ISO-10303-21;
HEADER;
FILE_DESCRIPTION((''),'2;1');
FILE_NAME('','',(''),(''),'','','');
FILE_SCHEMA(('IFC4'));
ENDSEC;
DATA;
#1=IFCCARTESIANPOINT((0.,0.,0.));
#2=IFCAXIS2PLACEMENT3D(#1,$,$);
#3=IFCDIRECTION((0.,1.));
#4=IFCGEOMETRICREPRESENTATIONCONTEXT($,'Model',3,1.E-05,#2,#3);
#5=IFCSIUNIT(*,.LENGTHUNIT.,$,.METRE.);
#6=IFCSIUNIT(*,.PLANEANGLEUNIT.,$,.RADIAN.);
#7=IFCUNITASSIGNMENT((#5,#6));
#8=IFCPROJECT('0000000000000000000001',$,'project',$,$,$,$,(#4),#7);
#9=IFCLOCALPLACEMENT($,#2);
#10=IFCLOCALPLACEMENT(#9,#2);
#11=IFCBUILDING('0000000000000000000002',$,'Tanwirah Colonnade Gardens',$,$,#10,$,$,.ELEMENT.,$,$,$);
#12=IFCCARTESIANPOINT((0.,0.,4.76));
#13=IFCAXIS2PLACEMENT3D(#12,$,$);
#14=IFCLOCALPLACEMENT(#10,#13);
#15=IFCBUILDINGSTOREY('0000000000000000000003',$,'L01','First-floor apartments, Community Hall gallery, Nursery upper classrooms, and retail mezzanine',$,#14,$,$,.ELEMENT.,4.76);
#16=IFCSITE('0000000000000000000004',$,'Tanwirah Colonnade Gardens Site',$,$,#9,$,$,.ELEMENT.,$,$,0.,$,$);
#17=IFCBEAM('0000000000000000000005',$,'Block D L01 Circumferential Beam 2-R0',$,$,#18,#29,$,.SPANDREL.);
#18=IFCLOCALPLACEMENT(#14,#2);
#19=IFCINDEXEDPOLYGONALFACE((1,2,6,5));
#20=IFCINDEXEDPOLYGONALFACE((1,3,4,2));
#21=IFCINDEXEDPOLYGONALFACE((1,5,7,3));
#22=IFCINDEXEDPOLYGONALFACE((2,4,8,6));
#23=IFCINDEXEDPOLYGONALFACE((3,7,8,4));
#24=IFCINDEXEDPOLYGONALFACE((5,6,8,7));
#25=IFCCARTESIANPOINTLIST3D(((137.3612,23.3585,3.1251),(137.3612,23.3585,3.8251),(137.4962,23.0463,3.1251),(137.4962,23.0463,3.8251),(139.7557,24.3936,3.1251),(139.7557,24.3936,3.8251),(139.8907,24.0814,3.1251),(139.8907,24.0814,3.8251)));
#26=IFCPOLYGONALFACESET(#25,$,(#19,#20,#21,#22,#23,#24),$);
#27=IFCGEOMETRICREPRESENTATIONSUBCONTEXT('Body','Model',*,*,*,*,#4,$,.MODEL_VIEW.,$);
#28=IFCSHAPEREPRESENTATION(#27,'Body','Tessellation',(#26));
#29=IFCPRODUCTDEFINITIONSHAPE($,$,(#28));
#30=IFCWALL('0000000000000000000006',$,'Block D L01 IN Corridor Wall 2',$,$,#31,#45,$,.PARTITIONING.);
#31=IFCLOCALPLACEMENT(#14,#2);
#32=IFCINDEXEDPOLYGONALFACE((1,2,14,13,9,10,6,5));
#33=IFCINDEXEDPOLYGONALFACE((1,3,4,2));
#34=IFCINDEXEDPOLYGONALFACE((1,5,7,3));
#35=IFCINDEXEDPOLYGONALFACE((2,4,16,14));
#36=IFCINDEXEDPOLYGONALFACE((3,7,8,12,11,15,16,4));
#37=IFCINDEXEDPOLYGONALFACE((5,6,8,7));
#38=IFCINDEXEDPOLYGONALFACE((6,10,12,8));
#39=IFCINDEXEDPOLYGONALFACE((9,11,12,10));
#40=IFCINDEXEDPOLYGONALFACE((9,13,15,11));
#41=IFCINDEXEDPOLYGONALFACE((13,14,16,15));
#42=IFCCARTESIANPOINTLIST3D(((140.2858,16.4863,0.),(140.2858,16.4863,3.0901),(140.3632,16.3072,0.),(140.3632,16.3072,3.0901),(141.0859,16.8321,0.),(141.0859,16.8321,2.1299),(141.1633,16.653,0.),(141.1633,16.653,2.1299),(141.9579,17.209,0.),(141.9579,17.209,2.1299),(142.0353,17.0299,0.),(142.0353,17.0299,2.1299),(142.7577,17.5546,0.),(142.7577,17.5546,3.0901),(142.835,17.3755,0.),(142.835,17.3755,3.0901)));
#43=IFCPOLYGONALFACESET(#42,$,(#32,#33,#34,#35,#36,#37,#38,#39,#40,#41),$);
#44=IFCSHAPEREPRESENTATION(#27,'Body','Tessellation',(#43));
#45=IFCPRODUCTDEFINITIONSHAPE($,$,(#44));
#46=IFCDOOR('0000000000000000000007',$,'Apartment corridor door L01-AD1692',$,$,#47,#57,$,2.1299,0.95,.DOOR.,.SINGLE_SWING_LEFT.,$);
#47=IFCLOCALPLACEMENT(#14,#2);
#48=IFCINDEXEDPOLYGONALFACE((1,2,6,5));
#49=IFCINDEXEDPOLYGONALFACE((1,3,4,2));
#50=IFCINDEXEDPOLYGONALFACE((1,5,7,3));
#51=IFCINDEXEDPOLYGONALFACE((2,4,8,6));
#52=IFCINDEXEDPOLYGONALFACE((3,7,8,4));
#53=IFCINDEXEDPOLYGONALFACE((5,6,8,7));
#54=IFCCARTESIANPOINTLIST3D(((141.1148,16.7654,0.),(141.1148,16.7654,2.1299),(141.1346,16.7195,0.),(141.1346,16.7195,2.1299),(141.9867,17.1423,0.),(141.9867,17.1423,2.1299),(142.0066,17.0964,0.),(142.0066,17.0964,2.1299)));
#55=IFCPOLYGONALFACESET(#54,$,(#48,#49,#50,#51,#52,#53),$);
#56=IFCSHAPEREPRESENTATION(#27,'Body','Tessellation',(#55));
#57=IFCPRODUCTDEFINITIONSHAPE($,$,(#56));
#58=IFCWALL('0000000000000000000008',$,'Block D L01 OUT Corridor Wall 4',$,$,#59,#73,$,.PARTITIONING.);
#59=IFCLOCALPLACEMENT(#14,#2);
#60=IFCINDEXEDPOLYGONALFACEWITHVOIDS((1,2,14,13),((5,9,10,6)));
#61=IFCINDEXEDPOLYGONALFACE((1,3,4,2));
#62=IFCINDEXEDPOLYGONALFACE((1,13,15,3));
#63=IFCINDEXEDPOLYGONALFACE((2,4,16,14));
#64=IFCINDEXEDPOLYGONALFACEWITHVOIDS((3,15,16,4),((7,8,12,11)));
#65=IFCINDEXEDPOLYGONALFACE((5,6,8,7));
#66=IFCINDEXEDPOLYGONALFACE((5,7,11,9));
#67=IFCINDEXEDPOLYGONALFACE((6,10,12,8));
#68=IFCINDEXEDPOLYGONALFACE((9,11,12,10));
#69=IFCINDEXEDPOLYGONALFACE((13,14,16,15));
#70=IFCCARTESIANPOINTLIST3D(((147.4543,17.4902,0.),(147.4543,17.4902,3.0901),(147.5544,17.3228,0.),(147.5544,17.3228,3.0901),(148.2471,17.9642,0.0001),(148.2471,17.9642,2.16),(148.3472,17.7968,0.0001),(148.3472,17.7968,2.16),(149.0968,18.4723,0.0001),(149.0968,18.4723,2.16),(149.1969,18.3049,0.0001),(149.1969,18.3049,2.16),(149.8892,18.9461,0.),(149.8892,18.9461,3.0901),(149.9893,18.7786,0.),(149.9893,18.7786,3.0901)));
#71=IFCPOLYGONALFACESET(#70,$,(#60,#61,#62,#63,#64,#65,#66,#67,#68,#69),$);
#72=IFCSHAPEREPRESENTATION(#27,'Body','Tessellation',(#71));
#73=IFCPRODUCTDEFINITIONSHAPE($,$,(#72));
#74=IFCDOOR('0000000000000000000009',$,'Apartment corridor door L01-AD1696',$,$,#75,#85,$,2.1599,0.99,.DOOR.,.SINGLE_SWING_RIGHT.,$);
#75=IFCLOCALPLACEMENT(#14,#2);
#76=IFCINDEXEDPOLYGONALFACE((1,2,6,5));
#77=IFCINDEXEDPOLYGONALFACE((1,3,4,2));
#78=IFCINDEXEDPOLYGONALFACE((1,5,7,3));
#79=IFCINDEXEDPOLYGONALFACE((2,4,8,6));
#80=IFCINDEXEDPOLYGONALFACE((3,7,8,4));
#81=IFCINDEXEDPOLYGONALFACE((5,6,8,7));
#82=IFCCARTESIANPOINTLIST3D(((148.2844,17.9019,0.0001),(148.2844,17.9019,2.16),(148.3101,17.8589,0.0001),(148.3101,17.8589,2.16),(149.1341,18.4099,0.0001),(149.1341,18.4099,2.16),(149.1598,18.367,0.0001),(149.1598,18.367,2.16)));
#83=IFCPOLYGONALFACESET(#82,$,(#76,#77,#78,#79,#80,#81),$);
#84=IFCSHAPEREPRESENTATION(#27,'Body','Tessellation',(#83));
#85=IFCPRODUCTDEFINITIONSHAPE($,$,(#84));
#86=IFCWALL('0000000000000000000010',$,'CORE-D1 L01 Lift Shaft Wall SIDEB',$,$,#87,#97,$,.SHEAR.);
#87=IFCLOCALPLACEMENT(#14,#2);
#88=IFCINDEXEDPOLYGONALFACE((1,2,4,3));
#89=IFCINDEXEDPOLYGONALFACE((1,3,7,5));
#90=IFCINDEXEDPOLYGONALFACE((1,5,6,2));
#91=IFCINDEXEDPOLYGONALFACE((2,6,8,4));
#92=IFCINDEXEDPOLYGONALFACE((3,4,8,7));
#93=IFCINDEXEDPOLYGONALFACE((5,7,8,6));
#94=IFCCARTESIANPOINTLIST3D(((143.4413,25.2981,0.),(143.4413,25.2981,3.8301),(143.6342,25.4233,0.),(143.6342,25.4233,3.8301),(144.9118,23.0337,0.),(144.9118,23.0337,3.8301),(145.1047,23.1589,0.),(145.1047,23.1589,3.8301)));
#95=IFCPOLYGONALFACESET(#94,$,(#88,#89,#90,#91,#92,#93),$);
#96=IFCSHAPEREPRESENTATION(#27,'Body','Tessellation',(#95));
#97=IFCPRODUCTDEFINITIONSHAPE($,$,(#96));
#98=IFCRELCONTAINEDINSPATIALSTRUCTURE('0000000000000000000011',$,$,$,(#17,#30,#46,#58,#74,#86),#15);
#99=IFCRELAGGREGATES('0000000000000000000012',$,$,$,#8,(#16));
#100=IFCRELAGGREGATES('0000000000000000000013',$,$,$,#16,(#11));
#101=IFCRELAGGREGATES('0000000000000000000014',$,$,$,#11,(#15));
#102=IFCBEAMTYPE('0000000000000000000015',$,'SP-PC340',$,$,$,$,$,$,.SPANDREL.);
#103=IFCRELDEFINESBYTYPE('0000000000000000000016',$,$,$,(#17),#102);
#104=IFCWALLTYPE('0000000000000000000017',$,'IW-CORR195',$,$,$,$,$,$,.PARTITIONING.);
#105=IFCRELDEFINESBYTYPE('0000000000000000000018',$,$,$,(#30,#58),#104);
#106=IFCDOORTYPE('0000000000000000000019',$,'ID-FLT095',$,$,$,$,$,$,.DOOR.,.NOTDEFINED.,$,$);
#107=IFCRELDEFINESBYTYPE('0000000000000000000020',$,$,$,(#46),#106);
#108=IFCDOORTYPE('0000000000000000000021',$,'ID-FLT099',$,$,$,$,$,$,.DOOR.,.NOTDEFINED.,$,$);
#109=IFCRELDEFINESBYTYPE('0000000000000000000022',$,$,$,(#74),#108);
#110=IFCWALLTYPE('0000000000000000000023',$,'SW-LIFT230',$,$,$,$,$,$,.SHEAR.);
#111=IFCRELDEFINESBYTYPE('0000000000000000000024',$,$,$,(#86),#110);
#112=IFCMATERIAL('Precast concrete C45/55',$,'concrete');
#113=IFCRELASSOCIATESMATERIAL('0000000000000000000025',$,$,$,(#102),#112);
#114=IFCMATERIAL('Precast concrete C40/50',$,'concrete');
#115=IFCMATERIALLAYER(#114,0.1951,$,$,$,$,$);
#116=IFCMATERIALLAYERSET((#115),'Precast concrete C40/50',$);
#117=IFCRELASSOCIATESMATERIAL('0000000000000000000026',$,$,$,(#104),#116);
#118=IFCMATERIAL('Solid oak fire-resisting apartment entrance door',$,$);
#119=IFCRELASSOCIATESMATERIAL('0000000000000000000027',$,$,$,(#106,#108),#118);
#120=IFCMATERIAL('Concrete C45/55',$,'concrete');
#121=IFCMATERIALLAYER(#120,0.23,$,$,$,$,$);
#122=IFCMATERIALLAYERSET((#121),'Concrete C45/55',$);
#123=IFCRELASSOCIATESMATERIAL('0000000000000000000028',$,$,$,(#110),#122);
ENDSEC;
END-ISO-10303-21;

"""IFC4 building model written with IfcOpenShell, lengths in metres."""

from ifc_helpers import new_model, si_unit, direction, frame, frame_2d, origin, origin_2d, place, context, subcontext, project, spatial, rectangle, extrude, material, layer, layer_set, material_profile, profile_set, type_object, element, fill, save


model = new_model("IFC4")

# Units and contexts
model_context = context("Model", 3, precision=1e-05, world=origin(), true_north=direction((0.0, 1.0)))
body_context = subcontext(model_context, "Body", "Model", "MODEL_VIEW")
ifc_project = project(units=[si_unit("LENGTHUNIT", "METRE"), si_unit("PLANEANGLEUNIT", "RADIAN")], contexts=[model_context])

# Site, building, storey
site_placement = place(None, origin())
site = spatial("IfcSite", under=ifc_project, at=site_placement, Name="Tanwirah Colonnade Gardens Site", CompositionType="ELEMENT", RefElevation=0.0)
building_placement = place(site_placement, origin())
building = spatial("IfcBuilding", under=site, at=building_placement, Name="Tanwirah Colonnade Gardens", CompositionType="ELEMENT")
storey_placement = place(building_placement, frame((0.0, 0.0, 4.76)))
storey = spatial("IfcBuildingStorey", under=building, at=storey_placement, Name="L01", Description="First-floor apartments, Community Hall gallery, Nursery upper classrooms, and retail mezzanine", CompositionType="ELEMENT", Elevation=4.76)

# Shared definitions
ifc_material_1 = material(Name="Precast concrete C45/55", Category="concrete")

# Beam
ifc_material_2 = material(Name="Precast concrete C40/50", Category="concrete")
ifc_material_profile_1 = material_profile(ifc_material_1, rectangle(XDim=0.3401, YDim=0.7, at=origin_2d()), Name="PC-SP 340x700")
ifc_profile_set_1 = profile_set([ifc_material_profile_1], Name="Precast concrete C45/55")
beam_type_1 = type_object("IfcBeamType", Name="SP-PC340", PredefinedType="SPANDREL", material=ifc_profile_set_1)
beam_1_placement = place(storey_placement, frame((137.4287, 23.2024, 3.4751), z_axis=(0.917901, 0.396809, 0.0), x_axis=(-0.396809, 0.917901, 0.0)))
element("IfcBeam", 1, at=beam_1_placement, inside=storey, type_object=beam_type_1, Name="Block D L01 Circumferential Beam 2-R0", PredefinedType="SPANDREL", context=body_context, shape_type="SweptSolid", body=[
    extrude(rectangle(XDim=0.3401, YDim=0.7, at=origin_2d()), origin(), (0.0, 0.0, 1.0), 2.6086),
])

# Walls, openings, doors
ifc_layer_1 = layer(ifc_material_2, 0.1951)
ifc_layer_set_1 = layer_set([ifc_layer_1], Name="Precast concrete C40/50")
wall_type_1 = type_object("IfcWallType", Name="IW-CORR195", PredefinedType="PARTITIONING", material=ifc_layer_set_1)
wall_1_placement = place(storey_placement, frame((140.3245, 16.3967, 0.0), z_axis=(0.0, 0.0, 1.0), x_axis=(0.917936, 0.396729, 0.0)))
wall_1 = element("IfcWall", 2, at=wall_1_placement, inside=storey, type_object=wall_type_1, Name="Block D L01 IN Corridor Wall 2", PredefinedType="PARTITIONING", context=body_context, shape_type="SweptSolid", body=[
    extrude(rectangle(XDim=2.6929, YDim=0.1951, at=frame_2d((1.3464, 0.0))), origin(), (0.0, 0.0, 1.0), 3.0901),
])
opening_1_placement = place(wall_1_placement, frame((0.8716, 0.0, 0.0)))
opening_1 = element("IfcOpeningElement", 3, at=opening_1_placement, cuts=wall_1, PredefinedType="OPENING", context=body_context, shape_type="SweptSolid", body=[
    extrude(rectangle(XDim=0.95, YDim=2.1299, at=frame_2d((0.4751, 1.0649))), frame((0.0, 0.1074, 0.0), z_axis=(0.0, -1.0, 0.0), x_axis=(1.0, 0.0, 0.0)), (0.0, 0.0, 1.0), 0.2151),
])
ifc_material_3 = material(Name="Solid oak fire-resisting apartment entrance door")
door_type_1 = type_object("IfcDoorType", Name="ID-FLT095", OperationType="NOTDEFINED", PredefinedType="DOOR", material=ifc_material_3)
door_1_placement = place(opening_1_placement, origin())
door_1 = element("IfcDoor", 4, at=door_1_placement, inside=storey, type_object=door_type_1, Name="Apartment corridor door L01-AD1692", OperationType="SINGLE_SWING_LEFT", OverallHeight=2.1299, OverallWidth=0.95, PredefinedType="DOOR", context=body_context, shape_type="SweptSolid", body=[
    extrude(rectangle(XDim=0.95, YDim=2.1299, at=frame_2d((0.4751, 1.0649))), frame((0.0, 0.0249, 0.0), z_axis=(0.0, -1.0, 0.0), x_axis=(1.0, 0.0, 0.0)), (0.0, 0.0, 1.0), 0.05),
])
fill(opening_1, door_1)
wall_2_placement = place(storey_placement, frame((147.5044, 17.4065, 0.0), z_axis=(0.0, 0.0, 1.0), x_axis=(0.858282, 0.513179, 0.0)))
wall_2 = element("IfcWall", 5, at=wall_2_placement, inside=storey, type_object=wall_type_1, Name="Block D L01 OUT Corridor Wall 4", PredefinedType="PARTITIONING", context=body_context, shape_type="SweptSolid", body=[
    extrude(rectangle(XDim=2.8369, YDim=0.1951, at=frame_2d((1.4185, 0.0))), origin(), (0.0, 0.0, 1.0), 3.0901),
])
opening_2_placement = place(wall_2_placement, frame((0.9236, 0.0, 0.0)))
opening_2 = element("IfcOpeningElement", 6, at=opening_2_placement, cuts=wall_2, PredefinedType="OPENING", context=body_context, shape_type="SweptSolid", body=[
    extrude(rectangle(XDim=0.99, YDim=2.1599, at=frame_2d((0.4951, 1.0801))), frame((0.0, 0.1074, 0.0), z_axis=(0.0, -1.0, 0.0), x_axis=(1.0, 0.0, 0.0)), (0.0, 0.0, 1.0), 0.2151),
])
door_type_2 = type_object("IfcDoorType", Name="ID-FLT099", OperationType="NOTDEFINED", PredefinedType="DOOR", material=ifc_material_3)
door_2_placement = place(opening_2_placement, origin())
door_2 = element("IfcDoor", 7, at=door_2_placement, inside=storey, type_object=door_type_2, Name="Apartment corridor door L01-AD1696", OperationType="SINGLE_SWING_RIGHT", OverallHeight=2.1599, OverallWidth=0.99, PredefinedType="DOOR", context=body_context, shape_type="SweptSolid", body=[
    extrude(rectangle(XDim=0.99, YDim=2.1599, at=frame_2d((0.4951, 1.0801))), frame((0.0, 0.0249, 0.0), z_axis=(0.0, -1.0, 0.0), x_axis=(1.0, 0.0, 0.0)), (0.0, 0.0, 1.0), 0.05),
])
fill(opening_2, door_2)

# Wall
ifc_material_4 = material(Name="Concrete C45/55", Category="concrete")
ifc_layer_2 = layer(ifc_material_4, 0.23)
ifc_layer_set_2 = layer_set([ifc_layer_2], Name="Concrete C45/55")
wall_type_2 = type_object("IfcWallType", Name="SW-LIFT230", PredefinedType="SHEAR", material=ifc_layer_set_2)
wall_3_placement = place(storey_placement, frame((145.0083, 23.0962, 0.0), z_axis=(0.0, 0.0, 1.0), x_axis=(-0.544623, 0.838681, 0.0)))
element("IfcWall", 8, at=wall_3_placement, inside=storey, type_object=wall_type_2, Name="CORE-D1 L01 Lift Shaft Wall SIDEB", PredefinedType="SHEAR", context=body_context, shape_type="SweptSolid", body=[
    extrude(rectangle(XDim=2.7, YDim=0.23, at=frame_2d((1.3501, 0.0))), origin(), (0.0, 0.0, 1.0), 3.8301),
])

save(model, "model.ifc")
